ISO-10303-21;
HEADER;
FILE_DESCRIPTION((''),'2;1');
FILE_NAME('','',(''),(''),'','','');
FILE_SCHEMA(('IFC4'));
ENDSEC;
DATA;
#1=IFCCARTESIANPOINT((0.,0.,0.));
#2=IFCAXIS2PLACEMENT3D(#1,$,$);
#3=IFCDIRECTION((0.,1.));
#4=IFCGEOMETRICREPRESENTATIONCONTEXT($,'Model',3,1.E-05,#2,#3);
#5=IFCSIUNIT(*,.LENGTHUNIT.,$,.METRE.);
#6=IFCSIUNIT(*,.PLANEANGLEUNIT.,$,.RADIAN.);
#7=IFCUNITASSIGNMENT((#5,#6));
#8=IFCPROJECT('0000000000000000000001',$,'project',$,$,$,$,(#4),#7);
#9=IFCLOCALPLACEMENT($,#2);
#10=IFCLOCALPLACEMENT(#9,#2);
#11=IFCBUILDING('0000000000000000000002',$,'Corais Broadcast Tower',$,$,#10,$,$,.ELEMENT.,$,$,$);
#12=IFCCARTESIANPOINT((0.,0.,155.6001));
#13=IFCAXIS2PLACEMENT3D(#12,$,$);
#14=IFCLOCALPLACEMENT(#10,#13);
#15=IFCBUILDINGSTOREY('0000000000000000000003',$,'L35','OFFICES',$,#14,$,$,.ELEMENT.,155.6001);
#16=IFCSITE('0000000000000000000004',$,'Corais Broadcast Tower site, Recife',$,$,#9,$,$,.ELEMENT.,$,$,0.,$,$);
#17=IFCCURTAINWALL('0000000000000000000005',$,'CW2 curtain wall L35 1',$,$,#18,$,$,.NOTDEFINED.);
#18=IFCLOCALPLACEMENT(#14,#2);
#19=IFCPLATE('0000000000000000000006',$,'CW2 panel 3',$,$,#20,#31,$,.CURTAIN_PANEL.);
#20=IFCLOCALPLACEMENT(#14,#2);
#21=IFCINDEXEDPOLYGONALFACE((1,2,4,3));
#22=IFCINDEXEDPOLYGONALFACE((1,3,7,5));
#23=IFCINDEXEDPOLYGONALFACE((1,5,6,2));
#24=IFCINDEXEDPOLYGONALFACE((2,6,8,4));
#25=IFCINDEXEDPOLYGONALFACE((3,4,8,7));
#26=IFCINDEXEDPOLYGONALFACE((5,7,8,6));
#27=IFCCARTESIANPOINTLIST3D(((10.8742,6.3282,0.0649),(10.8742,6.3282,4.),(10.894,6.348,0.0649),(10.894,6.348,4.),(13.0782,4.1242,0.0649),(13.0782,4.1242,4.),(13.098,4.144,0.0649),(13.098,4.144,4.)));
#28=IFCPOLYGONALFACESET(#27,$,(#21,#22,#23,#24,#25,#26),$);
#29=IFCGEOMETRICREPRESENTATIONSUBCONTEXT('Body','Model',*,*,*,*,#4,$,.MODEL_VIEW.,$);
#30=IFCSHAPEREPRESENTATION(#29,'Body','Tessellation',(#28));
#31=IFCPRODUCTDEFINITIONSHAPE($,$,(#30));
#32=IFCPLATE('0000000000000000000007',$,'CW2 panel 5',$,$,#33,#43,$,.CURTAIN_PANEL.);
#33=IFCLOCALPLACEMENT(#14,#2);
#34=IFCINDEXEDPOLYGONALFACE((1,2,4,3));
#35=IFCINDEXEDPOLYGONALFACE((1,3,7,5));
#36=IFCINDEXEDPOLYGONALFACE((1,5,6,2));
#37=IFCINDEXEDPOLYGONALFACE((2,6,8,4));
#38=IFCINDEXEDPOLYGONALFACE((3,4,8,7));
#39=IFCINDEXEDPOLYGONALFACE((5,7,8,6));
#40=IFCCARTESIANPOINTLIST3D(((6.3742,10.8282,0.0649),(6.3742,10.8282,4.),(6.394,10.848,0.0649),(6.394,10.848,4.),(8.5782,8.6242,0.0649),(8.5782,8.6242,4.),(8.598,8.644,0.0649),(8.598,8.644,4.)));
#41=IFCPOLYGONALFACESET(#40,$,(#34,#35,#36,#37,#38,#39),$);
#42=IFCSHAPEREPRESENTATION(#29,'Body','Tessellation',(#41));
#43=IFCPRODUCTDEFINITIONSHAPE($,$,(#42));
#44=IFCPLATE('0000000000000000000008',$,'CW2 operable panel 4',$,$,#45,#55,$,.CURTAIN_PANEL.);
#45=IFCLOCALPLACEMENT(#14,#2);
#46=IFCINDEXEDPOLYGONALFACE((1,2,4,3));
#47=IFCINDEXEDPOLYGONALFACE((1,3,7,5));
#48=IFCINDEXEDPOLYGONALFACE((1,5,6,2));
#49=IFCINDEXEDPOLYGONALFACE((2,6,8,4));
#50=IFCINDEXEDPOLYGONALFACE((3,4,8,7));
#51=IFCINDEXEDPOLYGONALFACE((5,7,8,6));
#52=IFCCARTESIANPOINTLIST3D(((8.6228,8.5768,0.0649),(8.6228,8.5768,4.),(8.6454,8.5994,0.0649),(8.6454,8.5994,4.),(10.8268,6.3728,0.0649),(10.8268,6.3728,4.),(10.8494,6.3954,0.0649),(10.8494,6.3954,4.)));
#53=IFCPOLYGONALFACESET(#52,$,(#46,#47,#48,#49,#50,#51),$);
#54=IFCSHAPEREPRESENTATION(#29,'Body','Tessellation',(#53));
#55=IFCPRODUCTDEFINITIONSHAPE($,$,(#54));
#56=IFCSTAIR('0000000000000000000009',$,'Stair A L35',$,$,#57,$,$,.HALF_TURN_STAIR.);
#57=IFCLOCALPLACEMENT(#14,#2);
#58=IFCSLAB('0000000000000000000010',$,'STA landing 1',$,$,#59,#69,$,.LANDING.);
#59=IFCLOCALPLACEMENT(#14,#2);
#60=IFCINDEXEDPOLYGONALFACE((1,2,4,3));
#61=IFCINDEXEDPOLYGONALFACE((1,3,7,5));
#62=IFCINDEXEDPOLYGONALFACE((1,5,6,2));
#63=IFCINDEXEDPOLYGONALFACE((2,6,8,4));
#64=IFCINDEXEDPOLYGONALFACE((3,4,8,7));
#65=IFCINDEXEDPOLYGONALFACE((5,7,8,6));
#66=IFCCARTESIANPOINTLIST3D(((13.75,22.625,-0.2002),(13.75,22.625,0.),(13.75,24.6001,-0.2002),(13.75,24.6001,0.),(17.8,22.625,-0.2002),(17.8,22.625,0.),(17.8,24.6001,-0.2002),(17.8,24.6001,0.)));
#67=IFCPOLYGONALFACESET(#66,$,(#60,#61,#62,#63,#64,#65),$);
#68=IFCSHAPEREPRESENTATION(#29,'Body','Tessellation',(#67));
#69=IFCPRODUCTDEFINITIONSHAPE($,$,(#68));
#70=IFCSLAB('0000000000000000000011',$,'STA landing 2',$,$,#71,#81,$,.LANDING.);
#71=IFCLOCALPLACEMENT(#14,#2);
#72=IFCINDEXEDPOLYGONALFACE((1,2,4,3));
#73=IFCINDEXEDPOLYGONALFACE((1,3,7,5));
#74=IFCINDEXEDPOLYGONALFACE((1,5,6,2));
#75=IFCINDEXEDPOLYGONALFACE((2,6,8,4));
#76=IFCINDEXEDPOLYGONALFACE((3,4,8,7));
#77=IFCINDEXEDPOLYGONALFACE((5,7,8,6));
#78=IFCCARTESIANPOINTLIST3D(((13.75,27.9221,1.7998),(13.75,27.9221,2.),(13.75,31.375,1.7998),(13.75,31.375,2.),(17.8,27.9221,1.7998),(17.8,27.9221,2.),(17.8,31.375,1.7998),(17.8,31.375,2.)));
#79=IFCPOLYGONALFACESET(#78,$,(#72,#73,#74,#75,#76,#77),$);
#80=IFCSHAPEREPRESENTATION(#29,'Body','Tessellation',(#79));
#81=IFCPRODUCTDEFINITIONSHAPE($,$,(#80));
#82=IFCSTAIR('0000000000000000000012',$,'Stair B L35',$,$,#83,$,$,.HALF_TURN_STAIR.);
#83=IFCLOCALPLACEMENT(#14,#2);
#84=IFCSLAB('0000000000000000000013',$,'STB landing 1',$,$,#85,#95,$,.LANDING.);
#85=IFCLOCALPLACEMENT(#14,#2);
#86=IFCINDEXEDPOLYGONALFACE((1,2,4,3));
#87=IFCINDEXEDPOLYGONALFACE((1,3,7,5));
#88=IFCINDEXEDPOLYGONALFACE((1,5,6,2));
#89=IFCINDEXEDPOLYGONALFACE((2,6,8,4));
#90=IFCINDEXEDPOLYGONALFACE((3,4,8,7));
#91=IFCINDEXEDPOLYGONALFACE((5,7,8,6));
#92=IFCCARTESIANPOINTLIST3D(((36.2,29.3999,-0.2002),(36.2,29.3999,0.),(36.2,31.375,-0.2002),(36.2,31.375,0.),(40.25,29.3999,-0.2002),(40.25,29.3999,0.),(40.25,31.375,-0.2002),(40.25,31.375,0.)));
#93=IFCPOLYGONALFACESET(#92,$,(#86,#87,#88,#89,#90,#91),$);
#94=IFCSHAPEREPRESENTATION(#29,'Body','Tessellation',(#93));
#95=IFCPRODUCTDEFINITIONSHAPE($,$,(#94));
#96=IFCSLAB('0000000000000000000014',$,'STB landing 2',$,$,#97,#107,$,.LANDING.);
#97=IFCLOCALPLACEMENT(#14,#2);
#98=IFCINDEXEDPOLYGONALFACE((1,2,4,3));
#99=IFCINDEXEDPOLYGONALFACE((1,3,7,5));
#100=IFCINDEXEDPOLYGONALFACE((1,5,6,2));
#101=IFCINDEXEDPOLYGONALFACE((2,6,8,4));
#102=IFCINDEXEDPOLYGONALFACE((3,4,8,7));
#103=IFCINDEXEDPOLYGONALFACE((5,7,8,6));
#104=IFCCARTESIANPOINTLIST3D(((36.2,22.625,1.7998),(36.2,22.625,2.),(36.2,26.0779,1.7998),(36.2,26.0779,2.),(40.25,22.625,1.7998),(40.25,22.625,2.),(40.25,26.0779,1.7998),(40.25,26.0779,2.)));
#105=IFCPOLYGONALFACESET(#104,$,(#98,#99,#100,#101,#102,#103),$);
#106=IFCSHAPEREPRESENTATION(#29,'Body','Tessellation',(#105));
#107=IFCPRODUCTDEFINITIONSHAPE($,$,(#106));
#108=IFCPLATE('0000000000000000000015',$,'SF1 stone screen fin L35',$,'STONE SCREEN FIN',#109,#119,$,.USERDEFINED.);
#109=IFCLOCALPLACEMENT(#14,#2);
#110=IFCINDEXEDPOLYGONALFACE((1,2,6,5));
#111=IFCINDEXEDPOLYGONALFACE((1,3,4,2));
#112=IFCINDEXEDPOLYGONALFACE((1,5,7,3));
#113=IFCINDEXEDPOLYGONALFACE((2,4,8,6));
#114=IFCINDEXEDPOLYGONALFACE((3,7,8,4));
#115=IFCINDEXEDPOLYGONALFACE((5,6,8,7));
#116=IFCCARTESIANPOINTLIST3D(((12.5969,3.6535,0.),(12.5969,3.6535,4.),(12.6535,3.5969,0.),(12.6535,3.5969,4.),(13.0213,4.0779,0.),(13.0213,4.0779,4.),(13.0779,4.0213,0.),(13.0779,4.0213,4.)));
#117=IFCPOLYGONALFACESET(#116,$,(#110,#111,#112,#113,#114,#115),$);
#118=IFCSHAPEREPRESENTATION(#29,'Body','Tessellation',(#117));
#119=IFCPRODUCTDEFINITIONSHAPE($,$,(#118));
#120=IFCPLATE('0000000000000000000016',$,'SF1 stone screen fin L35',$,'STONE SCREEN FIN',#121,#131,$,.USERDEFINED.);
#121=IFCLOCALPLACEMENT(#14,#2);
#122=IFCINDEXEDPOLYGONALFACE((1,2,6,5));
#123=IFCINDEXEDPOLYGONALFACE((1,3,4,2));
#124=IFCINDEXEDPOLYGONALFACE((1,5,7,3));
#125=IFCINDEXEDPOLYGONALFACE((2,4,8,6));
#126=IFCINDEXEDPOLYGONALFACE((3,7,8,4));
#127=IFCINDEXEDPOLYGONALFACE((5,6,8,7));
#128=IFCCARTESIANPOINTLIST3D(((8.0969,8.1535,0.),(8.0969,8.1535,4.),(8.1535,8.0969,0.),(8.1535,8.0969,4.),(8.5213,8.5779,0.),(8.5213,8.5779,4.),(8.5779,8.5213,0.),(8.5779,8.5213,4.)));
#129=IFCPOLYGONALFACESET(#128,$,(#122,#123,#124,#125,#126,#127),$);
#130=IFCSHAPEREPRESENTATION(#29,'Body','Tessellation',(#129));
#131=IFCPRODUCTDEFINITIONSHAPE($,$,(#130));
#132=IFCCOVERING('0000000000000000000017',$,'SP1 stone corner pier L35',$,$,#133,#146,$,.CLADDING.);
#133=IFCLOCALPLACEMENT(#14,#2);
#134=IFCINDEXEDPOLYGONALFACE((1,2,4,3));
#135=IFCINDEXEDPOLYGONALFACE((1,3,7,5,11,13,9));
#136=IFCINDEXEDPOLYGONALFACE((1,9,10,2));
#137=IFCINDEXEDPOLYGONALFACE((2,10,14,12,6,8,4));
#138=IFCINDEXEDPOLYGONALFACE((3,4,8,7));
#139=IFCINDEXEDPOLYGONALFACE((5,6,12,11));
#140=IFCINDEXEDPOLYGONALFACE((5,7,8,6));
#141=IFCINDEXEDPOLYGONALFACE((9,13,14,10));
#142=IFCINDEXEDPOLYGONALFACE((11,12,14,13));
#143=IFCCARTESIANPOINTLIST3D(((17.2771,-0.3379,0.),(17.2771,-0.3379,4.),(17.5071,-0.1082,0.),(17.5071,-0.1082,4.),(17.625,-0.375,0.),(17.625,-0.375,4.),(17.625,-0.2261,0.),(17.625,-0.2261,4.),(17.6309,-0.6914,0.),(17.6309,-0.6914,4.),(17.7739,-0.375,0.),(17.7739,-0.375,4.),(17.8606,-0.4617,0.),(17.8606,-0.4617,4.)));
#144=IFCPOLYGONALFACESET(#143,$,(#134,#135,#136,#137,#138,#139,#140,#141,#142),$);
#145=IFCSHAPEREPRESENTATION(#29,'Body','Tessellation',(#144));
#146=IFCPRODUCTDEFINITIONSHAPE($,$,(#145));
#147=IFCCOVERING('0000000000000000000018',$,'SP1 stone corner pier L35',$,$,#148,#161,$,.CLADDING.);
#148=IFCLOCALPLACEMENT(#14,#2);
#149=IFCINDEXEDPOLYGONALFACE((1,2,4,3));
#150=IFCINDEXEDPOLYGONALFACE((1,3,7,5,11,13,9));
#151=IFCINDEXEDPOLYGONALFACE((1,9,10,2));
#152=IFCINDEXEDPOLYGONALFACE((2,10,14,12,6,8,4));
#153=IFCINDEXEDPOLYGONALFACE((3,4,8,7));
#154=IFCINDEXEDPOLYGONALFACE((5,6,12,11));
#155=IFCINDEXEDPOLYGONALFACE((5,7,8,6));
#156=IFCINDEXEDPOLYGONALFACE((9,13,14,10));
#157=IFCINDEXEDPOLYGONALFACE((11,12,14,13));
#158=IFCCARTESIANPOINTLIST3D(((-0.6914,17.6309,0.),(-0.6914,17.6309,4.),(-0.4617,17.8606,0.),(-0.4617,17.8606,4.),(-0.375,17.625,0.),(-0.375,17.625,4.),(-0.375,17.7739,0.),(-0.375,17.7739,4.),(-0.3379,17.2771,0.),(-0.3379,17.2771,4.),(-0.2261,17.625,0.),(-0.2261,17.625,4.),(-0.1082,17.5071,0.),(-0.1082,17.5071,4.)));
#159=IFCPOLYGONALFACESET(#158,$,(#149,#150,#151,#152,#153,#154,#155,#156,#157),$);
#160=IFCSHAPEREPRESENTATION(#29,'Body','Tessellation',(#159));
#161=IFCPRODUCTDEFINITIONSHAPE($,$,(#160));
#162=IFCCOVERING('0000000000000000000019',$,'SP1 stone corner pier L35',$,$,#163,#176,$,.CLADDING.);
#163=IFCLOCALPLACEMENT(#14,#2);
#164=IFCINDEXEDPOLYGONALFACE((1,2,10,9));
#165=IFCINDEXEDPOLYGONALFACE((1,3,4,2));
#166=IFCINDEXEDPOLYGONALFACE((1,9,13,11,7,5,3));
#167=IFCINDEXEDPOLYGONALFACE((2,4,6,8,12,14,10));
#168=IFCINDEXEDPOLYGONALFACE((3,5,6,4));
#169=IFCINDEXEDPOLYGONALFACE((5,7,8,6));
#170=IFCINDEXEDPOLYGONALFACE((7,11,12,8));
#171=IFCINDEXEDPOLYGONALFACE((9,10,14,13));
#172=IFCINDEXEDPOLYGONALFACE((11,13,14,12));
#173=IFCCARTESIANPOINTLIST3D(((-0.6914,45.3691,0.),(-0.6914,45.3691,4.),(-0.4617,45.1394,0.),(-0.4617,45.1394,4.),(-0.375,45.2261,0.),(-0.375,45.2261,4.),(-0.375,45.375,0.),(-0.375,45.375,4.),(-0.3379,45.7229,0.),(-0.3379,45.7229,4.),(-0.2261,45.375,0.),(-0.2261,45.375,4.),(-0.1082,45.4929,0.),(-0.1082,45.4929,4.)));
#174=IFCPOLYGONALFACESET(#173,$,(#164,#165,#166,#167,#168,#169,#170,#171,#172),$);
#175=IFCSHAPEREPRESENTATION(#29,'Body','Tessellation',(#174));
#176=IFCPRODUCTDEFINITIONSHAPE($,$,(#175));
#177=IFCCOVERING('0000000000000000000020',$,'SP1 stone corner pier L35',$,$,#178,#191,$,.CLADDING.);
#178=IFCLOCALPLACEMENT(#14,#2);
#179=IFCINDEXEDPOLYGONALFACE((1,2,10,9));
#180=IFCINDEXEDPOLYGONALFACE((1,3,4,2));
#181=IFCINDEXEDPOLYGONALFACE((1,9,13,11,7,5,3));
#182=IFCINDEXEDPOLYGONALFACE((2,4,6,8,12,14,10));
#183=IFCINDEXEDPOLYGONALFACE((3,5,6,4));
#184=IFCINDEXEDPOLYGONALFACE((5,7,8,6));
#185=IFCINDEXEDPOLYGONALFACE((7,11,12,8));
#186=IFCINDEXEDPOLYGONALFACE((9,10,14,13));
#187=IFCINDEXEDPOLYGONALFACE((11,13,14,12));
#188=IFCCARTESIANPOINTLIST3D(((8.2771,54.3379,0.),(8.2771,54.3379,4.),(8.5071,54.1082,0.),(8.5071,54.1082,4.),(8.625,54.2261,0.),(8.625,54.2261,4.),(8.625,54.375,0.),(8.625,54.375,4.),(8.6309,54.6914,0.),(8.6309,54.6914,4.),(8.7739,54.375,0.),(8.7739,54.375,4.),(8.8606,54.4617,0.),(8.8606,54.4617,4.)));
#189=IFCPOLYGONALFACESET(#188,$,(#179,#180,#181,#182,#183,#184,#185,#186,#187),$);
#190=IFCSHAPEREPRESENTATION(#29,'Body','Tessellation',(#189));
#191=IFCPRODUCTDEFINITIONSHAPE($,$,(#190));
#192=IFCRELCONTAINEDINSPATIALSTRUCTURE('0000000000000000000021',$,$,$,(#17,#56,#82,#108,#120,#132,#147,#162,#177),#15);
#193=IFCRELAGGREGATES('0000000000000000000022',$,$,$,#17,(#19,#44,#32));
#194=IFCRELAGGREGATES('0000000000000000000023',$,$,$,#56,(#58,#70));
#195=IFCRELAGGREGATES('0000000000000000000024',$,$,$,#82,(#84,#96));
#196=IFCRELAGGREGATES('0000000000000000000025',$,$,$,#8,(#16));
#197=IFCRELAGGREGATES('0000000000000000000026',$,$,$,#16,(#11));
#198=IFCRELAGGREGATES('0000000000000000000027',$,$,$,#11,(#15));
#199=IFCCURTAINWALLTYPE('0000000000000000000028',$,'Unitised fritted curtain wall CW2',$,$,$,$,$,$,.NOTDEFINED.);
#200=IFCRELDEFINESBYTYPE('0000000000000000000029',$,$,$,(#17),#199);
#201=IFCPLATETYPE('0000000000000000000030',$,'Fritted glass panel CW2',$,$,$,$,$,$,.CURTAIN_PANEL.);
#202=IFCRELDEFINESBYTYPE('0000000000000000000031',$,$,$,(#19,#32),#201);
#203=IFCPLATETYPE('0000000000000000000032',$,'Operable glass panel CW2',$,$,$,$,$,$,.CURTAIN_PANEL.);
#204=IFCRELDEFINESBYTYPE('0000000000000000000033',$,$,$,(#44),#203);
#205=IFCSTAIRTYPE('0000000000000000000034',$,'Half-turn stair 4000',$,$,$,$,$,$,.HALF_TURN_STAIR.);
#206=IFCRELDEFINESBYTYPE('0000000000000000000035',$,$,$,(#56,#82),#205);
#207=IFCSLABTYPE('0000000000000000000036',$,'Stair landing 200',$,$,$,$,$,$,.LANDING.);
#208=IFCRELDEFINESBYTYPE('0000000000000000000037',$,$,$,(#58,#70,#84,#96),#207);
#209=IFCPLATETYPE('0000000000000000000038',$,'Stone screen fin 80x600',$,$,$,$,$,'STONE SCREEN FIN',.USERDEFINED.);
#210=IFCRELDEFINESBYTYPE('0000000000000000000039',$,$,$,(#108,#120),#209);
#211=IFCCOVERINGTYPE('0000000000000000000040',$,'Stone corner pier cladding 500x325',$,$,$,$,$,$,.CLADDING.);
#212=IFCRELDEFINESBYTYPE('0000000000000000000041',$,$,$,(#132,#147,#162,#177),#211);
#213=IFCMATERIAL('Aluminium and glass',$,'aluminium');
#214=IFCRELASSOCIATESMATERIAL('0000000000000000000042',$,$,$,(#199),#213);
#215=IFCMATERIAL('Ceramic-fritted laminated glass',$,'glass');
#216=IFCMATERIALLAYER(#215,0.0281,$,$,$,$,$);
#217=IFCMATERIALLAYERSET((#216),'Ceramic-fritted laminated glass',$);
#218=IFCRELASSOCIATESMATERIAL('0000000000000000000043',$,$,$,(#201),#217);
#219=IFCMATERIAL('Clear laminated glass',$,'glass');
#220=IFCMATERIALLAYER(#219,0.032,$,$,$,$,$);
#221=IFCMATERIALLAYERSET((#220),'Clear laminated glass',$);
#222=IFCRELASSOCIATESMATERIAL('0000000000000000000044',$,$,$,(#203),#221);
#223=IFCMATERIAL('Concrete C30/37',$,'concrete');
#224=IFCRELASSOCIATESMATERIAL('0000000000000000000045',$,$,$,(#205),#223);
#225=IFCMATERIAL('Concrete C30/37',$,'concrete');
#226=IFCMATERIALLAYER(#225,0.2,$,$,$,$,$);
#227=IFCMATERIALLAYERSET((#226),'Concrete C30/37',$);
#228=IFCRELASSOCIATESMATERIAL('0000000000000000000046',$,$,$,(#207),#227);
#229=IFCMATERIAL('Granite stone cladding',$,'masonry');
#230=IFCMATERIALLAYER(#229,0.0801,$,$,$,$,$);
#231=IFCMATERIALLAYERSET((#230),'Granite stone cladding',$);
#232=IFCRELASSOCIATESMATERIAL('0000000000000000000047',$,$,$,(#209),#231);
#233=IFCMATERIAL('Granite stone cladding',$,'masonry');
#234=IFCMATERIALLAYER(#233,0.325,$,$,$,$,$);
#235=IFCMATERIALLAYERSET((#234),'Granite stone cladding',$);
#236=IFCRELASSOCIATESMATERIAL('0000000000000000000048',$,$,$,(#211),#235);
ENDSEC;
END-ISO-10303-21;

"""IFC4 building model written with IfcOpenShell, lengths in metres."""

from ifc_helpers import new_model, si_unit, direction, frame, origin, origin_2d, place, context, subcontext, project, spatial, polyline, rectangle, outline, extrude, material, layer, layer_set, type_object, element, aggregate, save


model = new_model("IFC4")

# Units and contexts
model_context = context("Model", 3, precision=1e-05, world=origin(), true_north=direction((0.0, 1.0)))
body_context = subcontext(model_context, "Body", "Model", "MODEL_VIEW")
ifc_project = project(units=[si_unit("LENGTHUNIT", "METRE"), si_unit("PLANEANGLEUNIT", "RADIAN")], contexts=[model_context])

# Site, building, storey
site_placement = place(None, origin())
site = spatial("IfcSite", under=ifc_project, at=site_placement, Name="Corais Broadcast Tower site, Recife", CompositionType="ELEMENT", RefElevation=0.0)
building_placement = place(site_placement, origin())
building = spatial("IfcBuilding", under=site, at=building_placement, Name="Corais Broadcast Tower", CompositionType="ELEMENT")
storey_placement = place(building_placement, frame((0.0, 0.0, 155.6001)))
storey = spatial("IfcBuildingStorey", under=building, at=storey_placement, Name="L35", Description="OFFICES", CompositionType="ELEMENT", Elevation=155.6001)

# Curtain wall
ifc_material_1 = material(Name="Aluminium and glass", Category="aluminium")
curtain_wall_type = type_object("IfcCurtainWallType", Name="Unitised fritted curtain wall CW2", PredefinedType="NOTDEFINED", material=ifc_material_1)
curtain_wall_placement = place(storey_placement, origin())
curtain_wall = element("IfcCurtainWall", 1, at=curtain_wall_placement, inside=storey, type_object=curtain_wall_type, Name="CW2 curtain wall L35 1", PredefinedType="NOTDEFINED")

# Plates
ifc_material_2 = material(Name="Ceramic-fritted laminated glass", Category="glass")
ifc_layer_1 = layer(ifc_material_2, 0.0281)
ifc_layer_set_1 = layer_set([ifc_layer_1], Name="Ceramic-fritted laminated glass")
plate_type_1 = type_object("IfcPlateType", Name="Fritted glass panel CW2", PredefinedType="CURTAIN_PANEL", material=ifc_layer_set_1)
plate_1_placement = place(storey_placement, frame((11.9861, 5.2361, 0.0649), z_axis=(0.0, 0.0, 1.0), x_axis=(-0.707107, 0.707107, 0.0)))
plate_1 = element("IfcPlate", 2, at=plate_1_placement, type_object=plate_type_1, Name="CW2 panel 3", PredefinedType="CURTAIN_PANEL", context=body_context, shape_type="SweptSolid", body=[
    extrude(rectangle(XDim=3.1169, YDim=0.0281, at=origin_2d()), origin(), (0.0, 0.0, 1.0), 3.9351),
])
plate_2_placement = place(storey_placement, frame((7.4861, 9.7361, 0.0649), z_axis=(0.0, 0.0, 1.0), x_axis=(-0.707107, 0.707107, 0.0)))
plate_2 = element("IfcPlate", 3, at=plate_2_placement, type_object=plate_type_1, Name="CW2 panel 5", PredefinedType="CURTAIN_PANEL", context=body_context, shape_type="SweptSolid", body=[
    extrude(rectangle(XDim=3.1169, YDim=0.0281, at=origin_2d()), origin(), (0.0, 0.0, 1.0), 3.9351),
])
ifc_material_3 = material(Name="Clear laminated glass", Category="glass")
ifc_layer_2 = layer(ifc_material_3, 0.032)
ifc_layer_set_2 = layer_set([ifc_layer_2], Name="Clear laminated glass")
plate_type_2 = type_object("IfcPlateType", Name="Operable glass panel CW2", PredefinedType="CURTAIN_PANEL", material=ifc_layer_set_2)
plate_3_placement = place(storey_placement, frame((9.7361, 7.4861, 0.0649), z_axis=(0.0, 0.0, 1.0), x_axis=(-0.707107, 0.707107, 0.0)))
plate_3 = element("IfcPlate", 4, at=plate_3_placement, type_object=plate_type_2, Name="CW2 operable panel 4", PredefinedType="CURTAIN_PANEL", context=body_context, shape_type="SweptSolid", body=[
    extrude(rectangle(XDim=3.1169, YDim=0.032, at=origin_2d()), origin(), (0.0, 0.0, 1.0), 3.9351),
])
aggregate(curtain_wall, [plate_1, plate_3, plate_2])

# Stairs, slabs
ifc_material_4 = material(Name="Concrete C30/37", Category="concrete")
stair_type = type_object("IfcStairType", Name="Half-turn stair 4000", PredefinedType="HALF_TURN_STAIR", material=ifc_material_4)
stair_1_placement = place(storey_placement, origin())
stair_1 = element("IfcStair", 5, at=stair_1_placement, inside=storey, type_object=stair_type, Name="Stair A L35", PredefinedType="HALF_TURN_STAIR")
ifc_material_5 = material(Name="Concrete C30/37", Category="concrete")
ifc_layer_3 = layer(ifc_material_5, 0.2)
ifc_layer_set_3 = layer_set([ifc_layer_3], Name="Concrete C30/37")
slab_type_1 = type_object("IfcSlabType", Name="Stair landing 200", PredefinedType="LANDING", material=ifc_layer_set_3)
slab_1_placement = place(storey_placement, frame((0.0, 0.0, -0.2002)))
slab_1 = element("IfcSlab", 6, at=slab_1_placement, type_object=slab_type_1, Name="STA landing 1", PredefinedType="LANDING", context=body_context, shape_type="SweptSolid", body=[
    extrude(outline(polyline([(13.75, 22.625), (17.8, 22.625), (17.8, 24.6001), (13.75, 24.6001), (13.75, 22.625)])), origin(), (0.0, 0.0, 1.0), 0.2002),
])
slab_2_placement = place(storey_placement, frame((0.0, 0.0, 1.7998)))
slab_2 = element("IfcSlab", 7, at=slab_2_placement, type_object=slab_type_1, Name="STA landing 2", PredefinedType="LANDING", context=body_context, shape_type="SweptSolid", body=[
    extrude(outline(polyline([(13.75, 27.9221), (17.8, 27.9221), (17.8, 31.375), (13.75, 31.375), (13.75, 27.9221)])), origin(), (0.0, 0.0, 1.0), 0.2002),
])
aggregate(stair_1, [slab_1, slab_2])
stair_2_placement = place(storey_placement, origin())
stair_2 = element("IfcStair", 8, at=stair_2_placement, inside=storey, type_object=stair_type, Name="Stair B L35", PredefinedType="HALF_TURN_STAIR")
slab_3_placement = place(storey_placement, frame((0.0, 0.0, -0.2002)))
slab_3 = element("IfcSlab", 9, at=slab_3_placement, type_object=slab_type_1, Name="STB landing 1", PredefinedType="LANDING", context=body_context, shape_type="SweptSolid", body=[
    extrude(outline(polyline([(36.2, 29.3999), (40.25, 29.3999), (40.25, 31.375), (36.2, 31.375), (36.2, 29.3999)])), origin(), (0.0, 0.0, 1.0), 0.2002),
])
slab_4_placement = place(storey_placement, frame((0.0, 0.0, 1.7998)))
slab_4 = element("IfcSlab", 10, at=slab_4_placement, type_object=slab_type_1, Name="STB landing 2", PredefinedType="LANDING", context=body_context, shape_type="SweptSolid", body=[
    extrude(outline(polyline([(36.2, 22.625), (40.25, 22.625), (40.25, 26.0779), (36.2, 26.0779), (36.2, 22.625)])), origin(), (0.0, 0.0, 1.0), 0.2002),
])
aggregate(stair_2, [slab_3, slab_4])

# Plates
ifc_material_6 = material(Name="Granite stone cladding", Category="masonry")
ifc_layer_4 = layer(ifc_material_6, 0.0801)
ifc_layer_set_4 = layer_set([ifc_layer_4], Name="Granite stone cladding")
plate_type_3 = type_object("IfcPlateType", Name="Stone screen fin 80x600", ElementType="STONE SCREEN FIN", PredefinedType="USERDEFINED", material=ifc_layer_set_4)
for number, where, z_axis, x_axis, name in (
    (11, (12.8374, 3.8374, 0.0), (0.0, 0.0, 1.0), (-0.707107, 0.707107, 0.0), "SF1 stone screen fin L35"),
    (12, (8.3374, 8.3374, 0.0), (0.0, 0.0, 1.0), (-0.707107, 0.707107, 0.0), "SF1 stone screen fin L35"),
):
    element("IfcPlate", number, at=place(storey_placement, frame(where, z_axis=z_axis, x_axis=x_axis)), inside=storey, type_object=plate_type_3, Name=name, ObjectType="STONE SCREEN FIN", PredefinedType="USERDEFINED", context=body_context, shape_type="SweptSolid", body=[
        extrude(rectangle(XDim=0.0801, YDim=0.6001, at=origin_2d()), origin(), (0.0, 0.0, 1.0), 4.0),
    ])

# Coverings
ifc_material_7 = material(Name="Granite stone cladding", Category="masonry")
ifc_layer_5 = layer(ifc_material_7, 0.325)
ifc_layer_set_5 = layer_set([ifc_layer_5], Name="Granite stone cladding")
covering_type_1 = type_object("IfcCoveringType", Name="Stone corner pier cladding 500x325", PredefinedType="CLADDING", material=ifc_layer_set_5)
covering_1_placement = place(storey_placement, origin())
element("IfcCovering", 13, at=covering_1_placement, inside=storey, type_object=covering_type_1, Name="SP1 stone corner pier L35", PredefinedType="CLADDING", context=body_context, shape_type="SweptSolid", body=[
    extrude(outline(polyline([(17.8606, -0.4617), (17.7739, -0.375), (17.625, -0.375), (17.625, -0.2261), (17.5071, -0.1082), (17.2771, -0.3379), (17.6309, -0.6914), (17.8606, -0.4617)])), origin(), (0.0, 0.0, 1.0), 4.0),
])
covering_2_placement = place(storey_placement, origin())
element("IfcCovering", 14, at=covering_2_placement, inside=storey, type_object=covering_type_1, Name="SP1 stone corner pier L35", PredefinedType="CLADDING", context=body_context, shape_type="SweptSolid", body=[
    extrude(outline(polyline([(-0.375, 17.7739), (-0.4617, 17.8606), (-0.6914, 17.6309), (-0.3379, 17.2771), (-0.1082, 17.5071), (-0.2261, 17.625), (-0.375, 17.625), (-0.375, 17.7739)])), origin(), (0.0, 0.0, 1.0), 4.0),
])
covering_3_placement = place(storey_placement, origin())
element("IfcCovering", 15, at=covering_3_placement, inside=storey, type_object=covering_type_1, Name="SP1 stone corner pier L35", PredefinedType="CLADDING", context=body_context, shape_type="SweptSolid", body=[
    extrude(outline(polyline([(-0.4617, 45.1394), (-0.375, 45.2261), (-0.375, 45.375), (-0.2261, 45.375), (-0.1082, 45.4929), (-0.3379, 45.7229), (-0.6914, 45.3691), (-0.4617, 45.1394)])), origin(), (0.0, 0.0, 1.0), 4.0),
])
covering_4_placement = place(storey_placement, origin())
element("IfcCovering", 16, at=covering_4_placement, inside=storey, type_object=covering_type_1, Name="SP1 stone corner pier L35", PredefinedType="CLADDING", context=body_context, shape_type="SweptSolid", body=[
    extrude(outline(polyline([(8.7739, 54.375), (8.8606, 54.4617), (8.6309, 54.6914), (8.2771, 54.3379), (8.5071, 54.1082), (8.625, 54.2261), (8.625, 54.375), (8.7739, 54.375)])), origin(), (0.0, 0.0, 1.0), 4.0),
])

save(model, "model.ifc")
